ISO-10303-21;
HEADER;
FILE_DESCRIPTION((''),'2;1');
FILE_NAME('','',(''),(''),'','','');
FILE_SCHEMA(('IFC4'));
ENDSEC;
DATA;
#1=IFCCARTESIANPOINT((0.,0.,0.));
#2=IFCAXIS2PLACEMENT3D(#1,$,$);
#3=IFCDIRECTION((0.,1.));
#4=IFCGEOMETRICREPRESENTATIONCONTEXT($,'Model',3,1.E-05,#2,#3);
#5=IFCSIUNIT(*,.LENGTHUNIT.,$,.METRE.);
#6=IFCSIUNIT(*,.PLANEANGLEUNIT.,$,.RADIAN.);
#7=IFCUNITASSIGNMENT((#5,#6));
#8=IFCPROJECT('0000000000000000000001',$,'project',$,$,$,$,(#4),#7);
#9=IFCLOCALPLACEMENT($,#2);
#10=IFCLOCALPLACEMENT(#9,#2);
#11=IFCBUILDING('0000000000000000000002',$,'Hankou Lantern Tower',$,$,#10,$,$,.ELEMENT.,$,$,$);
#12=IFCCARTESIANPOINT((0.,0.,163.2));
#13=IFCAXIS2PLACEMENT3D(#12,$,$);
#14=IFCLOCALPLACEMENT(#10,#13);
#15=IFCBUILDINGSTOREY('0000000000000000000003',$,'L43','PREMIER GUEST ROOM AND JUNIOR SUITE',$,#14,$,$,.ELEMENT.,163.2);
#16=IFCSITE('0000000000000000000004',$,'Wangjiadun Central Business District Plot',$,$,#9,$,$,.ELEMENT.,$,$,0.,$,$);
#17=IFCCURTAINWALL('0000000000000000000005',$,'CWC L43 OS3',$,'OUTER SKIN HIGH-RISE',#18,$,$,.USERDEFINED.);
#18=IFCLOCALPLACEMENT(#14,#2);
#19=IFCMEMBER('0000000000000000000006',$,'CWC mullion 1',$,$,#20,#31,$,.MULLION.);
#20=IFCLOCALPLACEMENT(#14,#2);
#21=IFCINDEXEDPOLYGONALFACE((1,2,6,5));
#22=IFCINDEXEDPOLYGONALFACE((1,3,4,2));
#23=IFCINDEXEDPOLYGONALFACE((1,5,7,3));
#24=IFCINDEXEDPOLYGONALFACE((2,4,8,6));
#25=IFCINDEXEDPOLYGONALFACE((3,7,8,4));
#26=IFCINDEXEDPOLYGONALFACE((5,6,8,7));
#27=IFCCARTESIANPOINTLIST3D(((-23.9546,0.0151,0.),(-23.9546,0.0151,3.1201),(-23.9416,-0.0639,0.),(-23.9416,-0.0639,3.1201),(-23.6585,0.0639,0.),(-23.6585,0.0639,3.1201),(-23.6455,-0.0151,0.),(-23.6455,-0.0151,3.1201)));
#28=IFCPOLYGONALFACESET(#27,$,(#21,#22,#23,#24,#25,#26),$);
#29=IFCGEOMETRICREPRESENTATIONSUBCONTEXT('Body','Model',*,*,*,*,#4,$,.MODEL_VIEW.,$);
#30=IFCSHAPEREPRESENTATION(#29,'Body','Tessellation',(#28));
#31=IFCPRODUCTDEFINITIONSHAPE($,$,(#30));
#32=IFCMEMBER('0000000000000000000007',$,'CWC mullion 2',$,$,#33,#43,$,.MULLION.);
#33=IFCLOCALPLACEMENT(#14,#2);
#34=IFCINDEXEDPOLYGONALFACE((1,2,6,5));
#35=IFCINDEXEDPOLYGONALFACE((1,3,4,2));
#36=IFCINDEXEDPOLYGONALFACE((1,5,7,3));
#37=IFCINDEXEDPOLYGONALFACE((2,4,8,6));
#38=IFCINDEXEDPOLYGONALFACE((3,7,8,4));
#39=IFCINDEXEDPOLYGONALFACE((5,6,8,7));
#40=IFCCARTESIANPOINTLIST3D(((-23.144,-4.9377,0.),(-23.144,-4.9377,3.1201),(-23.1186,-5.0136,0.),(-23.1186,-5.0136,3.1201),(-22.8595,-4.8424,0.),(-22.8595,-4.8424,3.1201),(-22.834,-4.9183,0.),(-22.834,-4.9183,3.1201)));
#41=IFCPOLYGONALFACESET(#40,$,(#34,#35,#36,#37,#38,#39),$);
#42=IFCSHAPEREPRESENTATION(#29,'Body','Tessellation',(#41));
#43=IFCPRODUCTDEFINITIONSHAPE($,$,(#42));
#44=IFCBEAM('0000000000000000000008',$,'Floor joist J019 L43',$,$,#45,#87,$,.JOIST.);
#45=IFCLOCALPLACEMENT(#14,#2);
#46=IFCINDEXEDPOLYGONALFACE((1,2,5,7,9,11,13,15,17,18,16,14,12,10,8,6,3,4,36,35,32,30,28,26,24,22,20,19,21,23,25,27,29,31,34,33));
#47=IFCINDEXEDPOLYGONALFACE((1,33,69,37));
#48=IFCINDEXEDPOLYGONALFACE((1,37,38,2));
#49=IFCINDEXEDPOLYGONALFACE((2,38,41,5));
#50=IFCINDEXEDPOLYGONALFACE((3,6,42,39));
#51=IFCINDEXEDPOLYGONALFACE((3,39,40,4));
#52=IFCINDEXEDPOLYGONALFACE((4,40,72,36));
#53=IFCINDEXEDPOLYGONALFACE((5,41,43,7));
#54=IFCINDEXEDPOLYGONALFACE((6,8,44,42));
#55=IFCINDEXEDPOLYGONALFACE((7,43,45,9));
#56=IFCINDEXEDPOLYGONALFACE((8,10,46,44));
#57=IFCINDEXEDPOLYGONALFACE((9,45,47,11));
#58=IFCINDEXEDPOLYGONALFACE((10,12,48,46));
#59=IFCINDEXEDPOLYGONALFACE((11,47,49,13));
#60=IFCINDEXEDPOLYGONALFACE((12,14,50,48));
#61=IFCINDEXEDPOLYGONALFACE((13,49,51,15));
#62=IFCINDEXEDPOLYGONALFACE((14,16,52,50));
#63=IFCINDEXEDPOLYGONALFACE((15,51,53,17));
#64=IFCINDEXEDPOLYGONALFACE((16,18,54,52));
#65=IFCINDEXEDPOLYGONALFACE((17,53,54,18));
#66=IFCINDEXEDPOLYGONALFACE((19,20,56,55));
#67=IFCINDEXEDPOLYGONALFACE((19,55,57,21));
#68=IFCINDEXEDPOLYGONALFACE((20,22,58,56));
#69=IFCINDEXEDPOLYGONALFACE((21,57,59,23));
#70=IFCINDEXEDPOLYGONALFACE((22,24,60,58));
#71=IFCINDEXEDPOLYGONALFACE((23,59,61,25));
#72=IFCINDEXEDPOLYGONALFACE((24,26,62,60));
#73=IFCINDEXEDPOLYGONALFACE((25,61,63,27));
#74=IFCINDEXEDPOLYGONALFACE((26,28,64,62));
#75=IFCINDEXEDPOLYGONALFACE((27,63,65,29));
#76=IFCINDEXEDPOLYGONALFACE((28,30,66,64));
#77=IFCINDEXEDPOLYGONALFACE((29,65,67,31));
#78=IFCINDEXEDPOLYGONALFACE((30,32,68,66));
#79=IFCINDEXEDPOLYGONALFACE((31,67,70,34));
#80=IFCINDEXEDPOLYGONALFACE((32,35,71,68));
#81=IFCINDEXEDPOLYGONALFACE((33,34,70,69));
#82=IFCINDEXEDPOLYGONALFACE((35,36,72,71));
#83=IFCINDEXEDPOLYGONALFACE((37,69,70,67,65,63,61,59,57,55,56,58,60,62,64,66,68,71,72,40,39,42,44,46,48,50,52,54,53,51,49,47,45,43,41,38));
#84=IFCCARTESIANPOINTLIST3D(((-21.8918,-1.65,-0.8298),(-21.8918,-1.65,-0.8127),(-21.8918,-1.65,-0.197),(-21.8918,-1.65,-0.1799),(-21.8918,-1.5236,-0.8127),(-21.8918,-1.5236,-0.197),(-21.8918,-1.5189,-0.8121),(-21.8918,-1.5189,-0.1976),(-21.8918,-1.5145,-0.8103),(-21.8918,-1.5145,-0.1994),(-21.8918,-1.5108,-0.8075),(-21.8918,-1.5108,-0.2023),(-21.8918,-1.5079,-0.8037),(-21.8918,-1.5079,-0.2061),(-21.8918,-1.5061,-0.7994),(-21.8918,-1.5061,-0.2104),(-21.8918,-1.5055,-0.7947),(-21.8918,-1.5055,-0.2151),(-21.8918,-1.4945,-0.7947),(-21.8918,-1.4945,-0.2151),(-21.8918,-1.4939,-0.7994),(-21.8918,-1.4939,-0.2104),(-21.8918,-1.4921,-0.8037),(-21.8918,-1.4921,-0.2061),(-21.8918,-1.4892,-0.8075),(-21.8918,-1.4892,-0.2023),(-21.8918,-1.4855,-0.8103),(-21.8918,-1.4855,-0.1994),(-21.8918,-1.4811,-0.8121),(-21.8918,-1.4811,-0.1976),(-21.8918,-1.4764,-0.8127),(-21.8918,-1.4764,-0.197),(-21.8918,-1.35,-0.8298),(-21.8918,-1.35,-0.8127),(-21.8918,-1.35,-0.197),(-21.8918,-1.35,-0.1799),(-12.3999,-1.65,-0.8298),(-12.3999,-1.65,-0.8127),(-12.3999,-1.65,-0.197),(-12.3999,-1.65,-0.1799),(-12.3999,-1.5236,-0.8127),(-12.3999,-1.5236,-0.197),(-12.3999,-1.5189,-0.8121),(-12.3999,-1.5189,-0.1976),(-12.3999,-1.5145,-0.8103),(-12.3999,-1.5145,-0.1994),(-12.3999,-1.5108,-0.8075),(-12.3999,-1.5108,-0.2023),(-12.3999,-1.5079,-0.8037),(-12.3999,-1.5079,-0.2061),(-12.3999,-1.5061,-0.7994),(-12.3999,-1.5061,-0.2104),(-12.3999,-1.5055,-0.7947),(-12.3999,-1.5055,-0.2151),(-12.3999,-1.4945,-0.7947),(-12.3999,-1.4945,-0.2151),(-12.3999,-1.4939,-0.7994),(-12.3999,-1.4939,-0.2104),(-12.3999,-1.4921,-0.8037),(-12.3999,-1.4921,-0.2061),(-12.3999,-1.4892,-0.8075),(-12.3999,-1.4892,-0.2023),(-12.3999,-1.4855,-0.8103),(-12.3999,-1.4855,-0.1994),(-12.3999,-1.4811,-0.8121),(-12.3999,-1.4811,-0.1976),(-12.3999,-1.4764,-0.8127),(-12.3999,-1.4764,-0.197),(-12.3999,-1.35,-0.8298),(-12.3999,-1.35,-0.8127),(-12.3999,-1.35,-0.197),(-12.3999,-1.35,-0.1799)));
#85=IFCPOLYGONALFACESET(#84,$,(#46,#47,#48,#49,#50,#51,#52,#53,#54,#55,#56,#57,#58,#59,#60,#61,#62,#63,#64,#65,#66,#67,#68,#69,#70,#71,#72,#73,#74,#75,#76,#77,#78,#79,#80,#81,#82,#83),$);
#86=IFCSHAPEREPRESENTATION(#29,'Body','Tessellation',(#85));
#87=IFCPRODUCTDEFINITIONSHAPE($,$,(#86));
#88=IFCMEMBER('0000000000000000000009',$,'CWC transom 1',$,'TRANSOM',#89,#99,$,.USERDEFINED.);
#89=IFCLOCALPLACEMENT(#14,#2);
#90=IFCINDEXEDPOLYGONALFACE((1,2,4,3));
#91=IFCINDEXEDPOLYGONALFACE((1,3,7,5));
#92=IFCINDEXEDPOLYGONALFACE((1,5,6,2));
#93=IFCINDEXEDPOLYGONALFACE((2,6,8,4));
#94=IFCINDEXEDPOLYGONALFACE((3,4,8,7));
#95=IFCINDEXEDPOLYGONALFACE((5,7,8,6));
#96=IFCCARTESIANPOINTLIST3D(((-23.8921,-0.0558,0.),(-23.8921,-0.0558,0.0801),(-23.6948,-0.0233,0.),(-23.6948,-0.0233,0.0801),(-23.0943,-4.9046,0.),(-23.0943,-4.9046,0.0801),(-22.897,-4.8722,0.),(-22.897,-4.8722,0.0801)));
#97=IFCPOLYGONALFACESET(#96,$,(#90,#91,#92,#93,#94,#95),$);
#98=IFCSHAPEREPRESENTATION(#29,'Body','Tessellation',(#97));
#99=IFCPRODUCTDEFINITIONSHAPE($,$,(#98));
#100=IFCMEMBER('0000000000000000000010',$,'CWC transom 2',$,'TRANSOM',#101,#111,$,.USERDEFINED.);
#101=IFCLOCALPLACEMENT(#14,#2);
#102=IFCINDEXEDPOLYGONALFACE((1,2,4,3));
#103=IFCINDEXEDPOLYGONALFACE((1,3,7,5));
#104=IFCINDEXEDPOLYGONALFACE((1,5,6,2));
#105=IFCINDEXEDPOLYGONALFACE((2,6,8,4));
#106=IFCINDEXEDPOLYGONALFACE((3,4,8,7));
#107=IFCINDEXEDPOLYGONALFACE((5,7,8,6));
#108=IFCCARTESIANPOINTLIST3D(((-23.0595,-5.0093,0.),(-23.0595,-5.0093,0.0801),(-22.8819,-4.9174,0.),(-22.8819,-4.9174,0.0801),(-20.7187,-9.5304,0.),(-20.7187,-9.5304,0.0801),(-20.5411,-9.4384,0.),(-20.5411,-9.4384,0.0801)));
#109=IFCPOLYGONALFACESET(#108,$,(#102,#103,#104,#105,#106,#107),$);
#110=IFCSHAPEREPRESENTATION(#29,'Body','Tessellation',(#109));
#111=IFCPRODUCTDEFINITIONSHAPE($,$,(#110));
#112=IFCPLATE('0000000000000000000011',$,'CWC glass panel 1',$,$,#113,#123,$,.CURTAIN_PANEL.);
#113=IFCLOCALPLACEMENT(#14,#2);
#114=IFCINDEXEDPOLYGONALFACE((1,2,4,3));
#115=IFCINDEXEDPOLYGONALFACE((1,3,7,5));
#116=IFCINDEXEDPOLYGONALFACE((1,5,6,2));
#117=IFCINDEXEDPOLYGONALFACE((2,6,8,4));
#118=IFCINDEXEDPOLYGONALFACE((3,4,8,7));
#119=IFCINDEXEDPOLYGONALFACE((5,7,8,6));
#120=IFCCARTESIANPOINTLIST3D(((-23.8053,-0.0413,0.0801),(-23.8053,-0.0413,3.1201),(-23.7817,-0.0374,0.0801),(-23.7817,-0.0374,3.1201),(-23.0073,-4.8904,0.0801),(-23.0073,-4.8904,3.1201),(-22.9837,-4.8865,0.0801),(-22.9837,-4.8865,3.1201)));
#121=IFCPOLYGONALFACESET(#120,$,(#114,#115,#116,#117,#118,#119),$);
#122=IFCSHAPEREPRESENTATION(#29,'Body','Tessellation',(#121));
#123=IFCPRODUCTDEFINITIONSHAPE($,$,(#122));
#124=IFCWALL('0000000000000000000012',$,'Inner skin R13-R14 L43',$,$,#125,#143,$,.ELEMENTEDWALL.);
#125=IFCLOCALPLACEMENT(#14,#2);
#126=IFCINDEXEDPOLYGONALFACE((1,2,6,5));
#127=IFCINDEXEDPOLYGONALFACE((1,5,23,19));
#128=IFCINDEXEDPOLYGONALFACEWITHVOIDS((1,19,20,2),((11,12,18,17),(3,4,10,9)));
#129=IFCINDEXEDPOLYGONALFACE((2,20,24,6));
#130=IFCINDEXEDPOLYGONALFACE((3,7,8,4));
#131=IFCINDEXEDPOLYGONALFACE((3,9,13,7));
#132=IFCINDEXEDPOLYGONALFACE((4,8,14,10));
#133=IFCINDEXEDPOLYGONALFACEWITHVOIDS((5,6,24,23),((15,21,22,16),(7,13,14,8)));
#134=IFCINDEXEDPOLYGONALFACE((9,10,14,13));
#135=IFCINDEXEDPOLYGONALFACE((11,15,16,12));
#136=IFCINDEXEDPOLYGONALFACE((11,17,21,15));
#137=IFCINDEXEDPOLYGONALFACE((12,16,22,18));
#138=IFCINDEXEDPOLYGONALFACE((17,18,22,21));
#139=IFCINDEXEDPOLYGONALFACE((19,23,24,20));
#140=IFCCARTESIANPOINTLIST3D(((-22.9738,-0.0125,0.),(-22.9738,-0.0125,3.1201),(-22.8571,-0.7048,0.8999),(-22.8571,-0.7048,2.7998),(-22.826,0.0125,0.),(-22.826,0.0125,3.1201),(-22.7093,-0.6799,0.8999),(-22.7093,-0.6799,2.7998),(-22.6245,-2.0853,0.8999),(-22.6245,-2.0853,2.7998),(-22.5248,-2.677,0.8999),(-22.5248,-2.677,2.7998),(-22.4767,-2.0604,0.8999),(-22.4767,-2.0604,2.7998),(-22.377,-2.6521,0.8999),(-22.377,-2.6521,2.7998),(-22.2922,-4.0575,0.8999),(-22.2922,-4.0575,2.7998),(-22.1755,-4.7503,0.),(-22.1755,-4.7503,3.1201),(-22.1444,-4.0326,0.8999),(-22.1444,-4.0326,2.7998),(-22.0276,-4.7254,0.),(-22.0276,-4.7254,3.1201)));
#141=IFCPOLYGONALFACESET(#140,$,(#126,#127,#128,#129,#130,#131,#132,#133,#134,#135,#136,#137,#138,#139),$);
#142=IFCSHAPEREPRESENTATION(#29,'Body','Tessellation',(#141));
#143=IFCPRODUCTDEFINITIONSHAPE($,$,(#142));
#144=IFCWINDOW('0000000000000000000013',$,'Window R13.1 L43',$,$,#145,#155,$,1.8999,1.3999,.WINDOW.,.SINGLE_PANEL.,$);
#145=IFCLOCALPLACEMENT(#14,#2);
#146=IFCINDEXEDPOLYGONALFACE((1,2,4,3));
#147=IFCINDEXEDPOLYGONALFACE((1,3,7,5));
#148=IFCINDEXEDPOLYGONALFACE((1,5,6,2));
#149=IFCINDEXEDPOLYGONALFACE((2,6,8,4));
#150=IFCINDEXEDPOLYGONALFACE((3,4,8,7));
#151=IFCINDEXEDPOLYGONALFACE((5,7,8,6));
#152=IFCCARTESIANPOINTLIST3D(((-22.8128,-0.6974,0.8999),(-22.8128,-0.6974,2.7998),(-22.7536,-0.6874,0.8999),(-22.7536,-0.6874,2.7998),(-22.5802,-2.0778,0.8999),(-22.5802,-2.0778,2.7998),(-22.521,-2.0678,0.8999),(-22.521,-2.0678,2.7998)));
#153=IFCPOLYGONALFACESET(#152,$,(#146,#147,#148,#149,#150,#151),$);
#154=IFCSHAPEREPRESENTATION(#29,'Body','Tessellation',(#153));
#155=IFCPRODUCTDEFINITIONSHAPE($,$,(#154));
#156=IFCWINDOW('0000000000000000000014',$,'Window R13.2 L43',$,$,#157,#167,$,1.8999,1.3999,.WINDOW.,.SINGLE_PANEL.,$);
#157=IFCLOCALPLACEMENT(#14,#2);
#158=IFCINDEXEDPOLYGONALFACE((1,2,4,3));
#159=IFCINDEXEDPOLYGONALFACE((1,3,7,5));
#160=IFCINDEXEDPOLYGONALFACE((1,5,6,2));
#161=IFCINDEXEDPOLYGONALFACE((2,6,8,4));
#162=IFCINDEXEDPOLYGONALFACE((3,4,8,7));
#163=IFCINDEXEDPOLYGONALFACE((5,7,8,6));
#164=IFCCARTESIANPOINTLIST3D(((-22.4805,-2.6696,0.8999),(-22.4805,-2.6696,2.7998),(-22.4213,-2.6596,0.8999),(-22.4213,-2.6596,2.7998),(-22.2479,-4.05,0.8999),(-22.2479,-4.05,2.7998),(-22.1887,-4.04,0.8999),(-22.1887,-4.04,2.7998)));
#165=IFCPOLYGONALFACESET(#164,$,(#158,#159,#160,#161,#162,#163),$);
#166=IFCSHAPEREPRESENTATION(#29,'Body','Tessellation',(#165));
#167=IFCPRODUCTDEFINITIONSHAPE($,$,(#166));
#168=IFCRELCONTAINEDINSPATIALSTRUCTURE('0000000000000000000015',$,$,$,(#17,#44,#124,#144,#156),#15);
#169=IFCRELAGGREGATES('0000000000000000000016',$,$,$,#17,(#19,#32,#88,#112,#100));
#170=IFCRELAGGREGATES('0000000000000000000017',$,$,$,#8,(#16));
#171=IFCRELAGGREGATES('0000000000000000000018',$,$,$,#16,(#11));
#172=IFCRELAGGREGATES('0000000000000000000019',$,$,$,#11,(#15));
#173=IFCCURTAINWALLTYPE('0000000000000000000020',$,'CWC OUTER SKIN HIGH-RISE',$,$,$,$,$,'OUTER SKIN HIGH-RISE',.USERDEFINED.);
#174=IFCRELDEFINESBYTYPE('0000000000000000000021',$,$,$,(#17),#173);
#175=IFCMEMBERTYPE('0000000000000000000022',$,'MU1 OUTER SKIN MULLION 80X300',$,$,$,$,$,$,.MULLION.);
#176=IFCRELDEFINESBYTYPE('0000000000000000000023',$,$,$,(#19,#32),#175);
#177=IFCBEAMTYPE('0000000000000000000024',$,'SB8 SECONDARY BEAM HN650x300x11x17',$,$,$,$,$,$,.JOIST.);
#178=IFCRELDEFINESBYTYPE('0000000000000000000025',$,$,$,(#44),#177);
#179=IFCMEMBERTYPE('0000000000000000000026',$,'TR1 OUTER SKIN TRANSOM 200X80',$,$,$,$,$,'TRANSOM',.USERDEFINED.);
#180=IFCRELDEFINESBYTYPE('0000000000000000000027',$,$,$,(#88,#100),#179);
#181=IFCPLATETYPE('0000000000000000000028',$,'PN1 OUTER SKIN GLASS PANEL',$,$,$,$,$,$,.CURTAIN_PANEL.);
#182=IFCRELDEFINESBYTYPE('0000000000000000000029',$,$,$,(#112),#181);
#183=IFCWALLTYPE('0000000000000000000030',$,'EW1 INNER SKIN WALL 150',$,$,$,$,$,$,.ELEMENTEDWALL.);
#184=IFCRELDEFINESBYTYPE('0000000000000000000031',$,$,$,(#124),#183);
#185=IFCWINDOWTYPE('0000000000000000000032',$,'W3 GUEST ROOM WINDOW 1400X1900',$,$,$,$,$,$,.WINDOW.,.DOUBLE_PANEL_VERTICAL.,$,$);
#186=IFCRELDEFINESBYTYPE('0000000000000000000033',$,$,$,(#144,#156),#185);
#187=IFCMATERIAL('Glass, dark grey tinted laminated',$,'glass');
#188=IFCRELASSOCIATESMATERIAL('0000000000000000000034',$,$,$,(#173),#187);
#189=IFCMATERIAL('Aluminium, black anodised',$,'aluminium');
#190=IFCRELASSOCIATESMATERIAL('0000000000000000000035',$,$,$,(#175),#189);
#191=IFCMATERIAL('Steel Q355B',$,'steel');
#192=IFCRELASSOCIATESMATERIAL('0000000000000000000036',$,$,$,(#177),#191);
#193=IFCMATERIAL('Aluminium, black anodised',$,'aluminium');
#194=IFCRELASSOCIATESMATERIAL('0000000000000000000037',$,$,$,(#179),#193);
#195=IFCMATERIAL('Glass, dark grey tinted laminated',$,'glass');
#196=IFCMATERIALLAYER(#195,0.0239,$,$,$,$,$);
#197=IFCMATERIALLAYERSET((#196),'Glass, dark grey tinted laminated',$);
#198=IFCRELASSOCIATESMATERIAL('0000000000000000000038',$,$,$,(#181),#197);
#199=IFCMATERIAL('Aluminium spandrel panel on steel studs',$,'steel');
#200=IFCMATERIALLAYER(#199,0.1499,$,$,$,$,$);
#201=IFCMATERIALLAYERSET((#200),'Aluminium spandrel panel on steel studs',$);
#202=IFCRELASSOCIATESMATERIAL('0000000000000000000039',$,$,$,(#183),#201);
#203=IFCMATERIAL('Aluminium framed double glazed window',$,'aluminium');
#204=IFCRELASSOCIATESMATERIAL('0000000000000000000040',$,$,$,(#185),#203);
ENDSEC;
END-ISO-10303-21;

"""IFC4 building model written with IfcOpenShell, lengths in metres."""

from ifc_helpers import new_model, si_unit, direction, frame, frame_2d, origin, origin_2d, place, context, subcontext, project, spatial, rectangle, i_section, extrude, material, layer, layer_set, material_profile, profile_set, type_object, element, fill, aggregate, save


model = new_model("IFC4")

# Units and contexts
model_context = context("Model", 3, precision=1e-05, world=origin(), true_north=direction((0.0, 1.0)))
body_context = subcontext(model_context, "Body", "Model", "MODEL_VIEW")
ifc_project = project(units=[si_unit("LENGTHUNIT", "METRE"), si_unit("PLANEANGLEUNIT", "RADIAN")], contexts=[model_context])

# Site, building, storey
site_placement = place(None, origin())
site = spatial("IfcSite", under=ifc_project, at=site_placement, Name="Wangjiadun Central Business District Plot", CompositionType="ELEMENT", RefElevation=0.0)
building_placement = place(site_placement, origin())
building = spatial("IfcBuilding", under=site, at=building_placement, Name="Hankou Lantern Tower", CompositionType="ELEMENT")
storey_placement = place(building_placement, frame((0.0, 0.0, 163.2)))
storey = spatial("IfcBuildingStorey", under=building, at=storey_placement, Name="L43", Description="PREMIER GUEST ROOM AND JUNIOR SUITE", CompositionType="ELEMENT", Elevation=163.2)

# Curtain wall, members
ifc_material_1 = material(Name="Glass, dark grey tinted laminated", Category="glass")
curtain_wall_type = type_object("IfcCurtainWallType", Name="CWC OUTER SKIN HIGH-RISE", ElementType="OUTER SKIN HIGH-RISE", PredefinedType="USERDEFINED", material=ifc_material_1)
curtain_wall_placement = place(storey_placement, origin())
curtain_wall = element("IfcCurtainWall", 1, at=curtain_wall_placement, inside=storey, type_object=curtain_wall_type, Name="CWC L43 OS3", ObjectType="OUTER SKIN HIGH-RISE", PredefinedType="USERDEFINED")
ifc_material_2 = material(Name="Aluminium, black anodised", Category="aluminium")
ifc_material_profile_1 = material_profile(ifc_material_2, rectangle(XDim=0.0801, YDim=0.3, at=origin_2d()), Name="MU1 80X300")
ifc_profile_set_1 = profile_set([ifc_material_profile_1], Name="Aluminium, black anodised")
member_type_1 = type_object("IfcMemberType", Name="MU1 OUTER SKIN MULLION 80X300", PredefinedType="MULLION", material=ifc_profile_set_1)
member_1_placement = place(storey_placement, frame((-23.8, 0.0, 0.0), z_axis=(0.0, 0.0, 1.0), x_axis=(0.162382, -0.986728, 0.0)))
member_1 = element("IfcMember", 2, at=member_1_placement, type_object=member_type_1, Name="CWC mullion 1", PredefinedType="MULLION", context=body_context, shape_type="SweptSolid", body=[
    extrude(rectangle(XDim=0.0801, YDim=0.3, at=origin_2d()), origin(), (0.0, 0.0, 1.0), 3.1201),
])
member_2_placement = place(storey_placement, frame((-22.989, -4.928, 0.0), z_axis=(0.0, 0.0, 1.0), x_axis=(0.317596, -0.948226, 0.0)))
member_2 = element("IfcMember", 3, at=member_2_placement, type_object=member_type_1, Name="CWC mullion 2", PredefinedType="MULLION", context=body_context, shape_type="SweptSolid", body=[
    extrude(rectangle(XDim=0.0801, YDim=0.3, at=origin_2d()), origin(), (0.0, 0.0, 1.0), 3.1201),
])

# Beam
ifc_material_3 = material(Name="Steel Q355B", Category="steel")
ifc_material_profile_2 = material_profile(ifc_material_3, i_section(OverallWidth=0.3, OverallDepth=0.6499, WebThickness=0.011, FlangeThickness=0.0171, FilletRadius=0.0181, at=origin_2d()), Name="HN650x300x11x17")
ifc_profile_set_2 = profile_set([ifc_material_profile_2], Name="Steel Q355B")
beam_type_1 = type_object("IfcBeamType", Name="SB8 SECONDARY BEAM HN650x300x11x17", PredefinedType="JOIST", material=ifc_profile_set_2)
beam_1_placement = place(storey_placement, frame((-21.8918, -1.5, -0.5049), z_axis=(1.0, 0.0, 0.0), x_axis=(0.0, 1.0, 0.0)))
element("IfcBeam", 4, at=beam_1_placement, inside=storey, type_object=beam_type_1, Name="Floor joist J019 L43", PredefinedType="JOIST", context=body_context, shape_type="SweptSolid", body=[
    extrude(i_section(OverallWidth=0.3, OverallDepth=0.6499, WebThickness=0.011, FlangeThickness=0.0171, FilletRadius=0.0181, at=origin_2d()), origin(), (0.0, 0.0, 1.0), 9.4919),
])

# Members
ifc_material_4 = material(Name="Aluminium, black anodised", Category="aluminium")
ifc_material_profile_3 = material_profile(ifc_material_4, rectangle(XDim=0.2, YDim=0.0801, at=origin_2d()), Name="TR1 200X80")
ifc_profile_set_3 = profile_set([ifc_material_profile_3], Name="Aluminium, black anodised")
member_type_2 = type_object("IfcMemberType", Name="TR1 OUTER SKIN TRANSOM 200X80", ElementType="TRANSOM", PredefinedType="USERDEFINED", material=ifc_profile_set_3)
member_3_placement = place(storey_placement, frame((-23.7935, -0.0396, 0.04), z_axis=(0.16236, -0.986732, 0.0), x_axis=(0.986732, 0.16236, 0.0)))
member_3 = element("IfcMember", 5, at=member_3_placement, type_object=member_type_2, Name="CWC transom 1", ObjectType="TRANSOM", PredefinedType="USERDEFINED", context=body_context, shape_type="SweptSolid", body=[
    extrude(rectangle(XDim=0.2, YDim=0.0801, at=origin_2d()), origin(), (0.0, 0.0, 1.0), 4.9141),
])
member_4_placement = place(storey_placement, frame((-22.9707, -4.9634, 0.04), z_axis=(0.459791, -0.888027, 0.0), x_axis=(0.888027, 0.459791, 0.0)))
member_4 = element("IfcMember", 6, at=member_4_placement, type_object=member_type_2, Name="CWC transom 2", ObjectType="TRANSOM", PredefinedType="USERDEFINED", context=body_context, shape_type="SweptSolid", body=[
    extrude(rectangle(XDim=0.2, YDim=0.0801, at=origin_2d()), origin(), (0.0, 0.0, 1.0), 5.0911),
])

# Plate
ifc_material_5 = material(Name="Glass, dark grey tinted laminated", Category="glass")
ifc_layer_1 = layer(ifc_material_5, 0.0239)
ifc_layer_set_1 = layer_set([ifc_layer_1], Name="Glass, dark grey tinted laminated")
plate_type = type_object("IfcPlateType", Name="PN1 OUTER SKIN GLASS PANEL", PredefinedType="CURTAIN_PANEL", material=ifc_layer_set_1)
plate_placement = place(storey_placement, frame((-23.3945, -2.4639, 0.0801), z_axis=(0.0, 0.0, 1.0), x_axis=(0.162382, -0.986728, 0.0)))
plate = element("IfcPlate", 7, at=plate_placement, type_object=plate_type, Name="CWC glass panel 1", PredefinedType="CURTAIN_PANEL", context=body_context, shape_type="SweptSolid", body=[
    extrude(rectangle(XDim=4.9143, YDim=0.0239, at=origin_2d()), origin(), (0.0, 0.0, 1.0), 3.04),
])
aggregate(curtain_wall, [member_1, member_2, member_3, plate, member_4])

# Wall, openings, windows
ifc_material_6 = material(Name="Aluminium spandrel panel on steel studs", Category="steel")
ifc_layer_2 = layer(ifc_material_6, 0.1499)
ifc_layer_set_2 = layer_set([ifc_layer_2], Name="Aluminium spandrel panel on steel studs")
wall_type_1 = type_object("IfcWallType", Name="EW1 INNER SKIN WALL 150", PredefinedType="ELEMENTEDWALL", material=ifc_layer_set_2)
wall_1_placement = place(storey_placement, frame((-22.8999, 0.0, 0.0), z_axis=(0.0, 0.0, 1.0), x_axis=(0.166162, -0.986098, 0.0)))
wall_1 = element("IfcWall", 8, at=wall_1_placement, inside=storey, type_object=wall_type_1, Name="Inner skin R13-R14 L43", PredefinedType="ELEMENTEDWALL", context=body_context, shape_type="SweptSolid", body=[
    extrude(rectangle(XDim=4.8047, YDim=0.1499, at=frame_2d((2.4023, 0.0))), origin(), (0.0, 0.0, 1.0), 3.1201),
])
opening_1_placement = place(wall_1_placement, frame((0.7021, 0.0, 0.8999)))
opening_1 = element("IfcOpeningElement", 9, at=opening_1_placement, cuts=wall_1, PredefinedType="OPENING", context=body_context, shape_type="SweptSolid", body=[
    extrude(rectangle(XDim=1.3999, YDim=1.8999, at=frame_2d((0.7, 0.95))), frame((0.0, 0.085, 0.0), z_axis=(0.0, -1.0, 0.0), x_axis=(1.0, 0.0, 0.0)), (0.0, 0.0, 1.0), 0.1699),
])
opening_2_placement = place(wall_1_placement, frame((2.7021, 0.0, 0.8999)))
opening_2 = element("IfcOpeningElement", 10, at=opening_2_placement, cuts=wall_1, PredefinedType="OPENING", context=body_context, shape_type="SweptSolid", body=[
    extrude(rectangle(XDim=1.3999, YDim=1.8999, at=frame_2d((0.7, 0.95))), frame((0.0, 0.085, 0.0), z_axis=(0.0, -1.0, 0.0), x_axis=(1.0, 0.0, 0.0)), (0.0, 0.0, 1.0), 0.1699),
])
ifc_material_7 = material(Name="Aluminium framed double glazed window", Category="aluminium")
window_type = type_object("IfcWindowType", Name="W3 GUEST ROOM WINDOW 1400X1900", PartitioningType="DOUBLE_PANEL_VERTICAL", PredefinedType="WINDOW", material=ifc_material_7)
window_1_placement = place(opening_1_placement, origin())
window_1 = element("IfcWindow", 11, at=window_1_placement, inside=storey, type_object=window_type, Name="Window R13.1 L43", OverallHeight=1.8999, OverallWidth=1.3999, PartitioningType="SINGLE_PANEL", PredefinedType="WINDOW", context=body_context, shape_type="SweptSolid", body=[
    extrude(rectangle(XDim=1.3999, YDim=1.8999, at=frame_2d((0.7, 0.95))), frame((0.0, 0.03, 0.0), z_axis=(0.0, -1.0, 0.0), x_axis=(1.0, 0.0, 0.0)), (0.0, 0.0, 1.0), 0.0601),
])
fill(opening_1, window_1)
window_2_placement = place(opening_2_placement, origin())
window_2 = element("IfcWindow", 12, at=window_2_placement, inside=storey, type_object=window_type, Name="Window R13.2 L43", OverallHeight=1.8999, OverallWidth=1.3999, PartitioningType="SINGLE_PANEL", PredefinedType="WINDOW", context=body_context, shape_type="SweptSolid", body=[
    extrude(rectangle(XDim=1.3999, YDim=1.8999, at=frame_2d((0.7, 0.95))), frame((0.0, 0.03, 0.0), z_axis=(0.0, -1.0, 0.0), x_axis=(1.0, 0.0, 0.0)), (0.0, 0.0, 1.0), 0.0601),
])
fill(opening_2, window_2)

save(model, "model.ifc")
